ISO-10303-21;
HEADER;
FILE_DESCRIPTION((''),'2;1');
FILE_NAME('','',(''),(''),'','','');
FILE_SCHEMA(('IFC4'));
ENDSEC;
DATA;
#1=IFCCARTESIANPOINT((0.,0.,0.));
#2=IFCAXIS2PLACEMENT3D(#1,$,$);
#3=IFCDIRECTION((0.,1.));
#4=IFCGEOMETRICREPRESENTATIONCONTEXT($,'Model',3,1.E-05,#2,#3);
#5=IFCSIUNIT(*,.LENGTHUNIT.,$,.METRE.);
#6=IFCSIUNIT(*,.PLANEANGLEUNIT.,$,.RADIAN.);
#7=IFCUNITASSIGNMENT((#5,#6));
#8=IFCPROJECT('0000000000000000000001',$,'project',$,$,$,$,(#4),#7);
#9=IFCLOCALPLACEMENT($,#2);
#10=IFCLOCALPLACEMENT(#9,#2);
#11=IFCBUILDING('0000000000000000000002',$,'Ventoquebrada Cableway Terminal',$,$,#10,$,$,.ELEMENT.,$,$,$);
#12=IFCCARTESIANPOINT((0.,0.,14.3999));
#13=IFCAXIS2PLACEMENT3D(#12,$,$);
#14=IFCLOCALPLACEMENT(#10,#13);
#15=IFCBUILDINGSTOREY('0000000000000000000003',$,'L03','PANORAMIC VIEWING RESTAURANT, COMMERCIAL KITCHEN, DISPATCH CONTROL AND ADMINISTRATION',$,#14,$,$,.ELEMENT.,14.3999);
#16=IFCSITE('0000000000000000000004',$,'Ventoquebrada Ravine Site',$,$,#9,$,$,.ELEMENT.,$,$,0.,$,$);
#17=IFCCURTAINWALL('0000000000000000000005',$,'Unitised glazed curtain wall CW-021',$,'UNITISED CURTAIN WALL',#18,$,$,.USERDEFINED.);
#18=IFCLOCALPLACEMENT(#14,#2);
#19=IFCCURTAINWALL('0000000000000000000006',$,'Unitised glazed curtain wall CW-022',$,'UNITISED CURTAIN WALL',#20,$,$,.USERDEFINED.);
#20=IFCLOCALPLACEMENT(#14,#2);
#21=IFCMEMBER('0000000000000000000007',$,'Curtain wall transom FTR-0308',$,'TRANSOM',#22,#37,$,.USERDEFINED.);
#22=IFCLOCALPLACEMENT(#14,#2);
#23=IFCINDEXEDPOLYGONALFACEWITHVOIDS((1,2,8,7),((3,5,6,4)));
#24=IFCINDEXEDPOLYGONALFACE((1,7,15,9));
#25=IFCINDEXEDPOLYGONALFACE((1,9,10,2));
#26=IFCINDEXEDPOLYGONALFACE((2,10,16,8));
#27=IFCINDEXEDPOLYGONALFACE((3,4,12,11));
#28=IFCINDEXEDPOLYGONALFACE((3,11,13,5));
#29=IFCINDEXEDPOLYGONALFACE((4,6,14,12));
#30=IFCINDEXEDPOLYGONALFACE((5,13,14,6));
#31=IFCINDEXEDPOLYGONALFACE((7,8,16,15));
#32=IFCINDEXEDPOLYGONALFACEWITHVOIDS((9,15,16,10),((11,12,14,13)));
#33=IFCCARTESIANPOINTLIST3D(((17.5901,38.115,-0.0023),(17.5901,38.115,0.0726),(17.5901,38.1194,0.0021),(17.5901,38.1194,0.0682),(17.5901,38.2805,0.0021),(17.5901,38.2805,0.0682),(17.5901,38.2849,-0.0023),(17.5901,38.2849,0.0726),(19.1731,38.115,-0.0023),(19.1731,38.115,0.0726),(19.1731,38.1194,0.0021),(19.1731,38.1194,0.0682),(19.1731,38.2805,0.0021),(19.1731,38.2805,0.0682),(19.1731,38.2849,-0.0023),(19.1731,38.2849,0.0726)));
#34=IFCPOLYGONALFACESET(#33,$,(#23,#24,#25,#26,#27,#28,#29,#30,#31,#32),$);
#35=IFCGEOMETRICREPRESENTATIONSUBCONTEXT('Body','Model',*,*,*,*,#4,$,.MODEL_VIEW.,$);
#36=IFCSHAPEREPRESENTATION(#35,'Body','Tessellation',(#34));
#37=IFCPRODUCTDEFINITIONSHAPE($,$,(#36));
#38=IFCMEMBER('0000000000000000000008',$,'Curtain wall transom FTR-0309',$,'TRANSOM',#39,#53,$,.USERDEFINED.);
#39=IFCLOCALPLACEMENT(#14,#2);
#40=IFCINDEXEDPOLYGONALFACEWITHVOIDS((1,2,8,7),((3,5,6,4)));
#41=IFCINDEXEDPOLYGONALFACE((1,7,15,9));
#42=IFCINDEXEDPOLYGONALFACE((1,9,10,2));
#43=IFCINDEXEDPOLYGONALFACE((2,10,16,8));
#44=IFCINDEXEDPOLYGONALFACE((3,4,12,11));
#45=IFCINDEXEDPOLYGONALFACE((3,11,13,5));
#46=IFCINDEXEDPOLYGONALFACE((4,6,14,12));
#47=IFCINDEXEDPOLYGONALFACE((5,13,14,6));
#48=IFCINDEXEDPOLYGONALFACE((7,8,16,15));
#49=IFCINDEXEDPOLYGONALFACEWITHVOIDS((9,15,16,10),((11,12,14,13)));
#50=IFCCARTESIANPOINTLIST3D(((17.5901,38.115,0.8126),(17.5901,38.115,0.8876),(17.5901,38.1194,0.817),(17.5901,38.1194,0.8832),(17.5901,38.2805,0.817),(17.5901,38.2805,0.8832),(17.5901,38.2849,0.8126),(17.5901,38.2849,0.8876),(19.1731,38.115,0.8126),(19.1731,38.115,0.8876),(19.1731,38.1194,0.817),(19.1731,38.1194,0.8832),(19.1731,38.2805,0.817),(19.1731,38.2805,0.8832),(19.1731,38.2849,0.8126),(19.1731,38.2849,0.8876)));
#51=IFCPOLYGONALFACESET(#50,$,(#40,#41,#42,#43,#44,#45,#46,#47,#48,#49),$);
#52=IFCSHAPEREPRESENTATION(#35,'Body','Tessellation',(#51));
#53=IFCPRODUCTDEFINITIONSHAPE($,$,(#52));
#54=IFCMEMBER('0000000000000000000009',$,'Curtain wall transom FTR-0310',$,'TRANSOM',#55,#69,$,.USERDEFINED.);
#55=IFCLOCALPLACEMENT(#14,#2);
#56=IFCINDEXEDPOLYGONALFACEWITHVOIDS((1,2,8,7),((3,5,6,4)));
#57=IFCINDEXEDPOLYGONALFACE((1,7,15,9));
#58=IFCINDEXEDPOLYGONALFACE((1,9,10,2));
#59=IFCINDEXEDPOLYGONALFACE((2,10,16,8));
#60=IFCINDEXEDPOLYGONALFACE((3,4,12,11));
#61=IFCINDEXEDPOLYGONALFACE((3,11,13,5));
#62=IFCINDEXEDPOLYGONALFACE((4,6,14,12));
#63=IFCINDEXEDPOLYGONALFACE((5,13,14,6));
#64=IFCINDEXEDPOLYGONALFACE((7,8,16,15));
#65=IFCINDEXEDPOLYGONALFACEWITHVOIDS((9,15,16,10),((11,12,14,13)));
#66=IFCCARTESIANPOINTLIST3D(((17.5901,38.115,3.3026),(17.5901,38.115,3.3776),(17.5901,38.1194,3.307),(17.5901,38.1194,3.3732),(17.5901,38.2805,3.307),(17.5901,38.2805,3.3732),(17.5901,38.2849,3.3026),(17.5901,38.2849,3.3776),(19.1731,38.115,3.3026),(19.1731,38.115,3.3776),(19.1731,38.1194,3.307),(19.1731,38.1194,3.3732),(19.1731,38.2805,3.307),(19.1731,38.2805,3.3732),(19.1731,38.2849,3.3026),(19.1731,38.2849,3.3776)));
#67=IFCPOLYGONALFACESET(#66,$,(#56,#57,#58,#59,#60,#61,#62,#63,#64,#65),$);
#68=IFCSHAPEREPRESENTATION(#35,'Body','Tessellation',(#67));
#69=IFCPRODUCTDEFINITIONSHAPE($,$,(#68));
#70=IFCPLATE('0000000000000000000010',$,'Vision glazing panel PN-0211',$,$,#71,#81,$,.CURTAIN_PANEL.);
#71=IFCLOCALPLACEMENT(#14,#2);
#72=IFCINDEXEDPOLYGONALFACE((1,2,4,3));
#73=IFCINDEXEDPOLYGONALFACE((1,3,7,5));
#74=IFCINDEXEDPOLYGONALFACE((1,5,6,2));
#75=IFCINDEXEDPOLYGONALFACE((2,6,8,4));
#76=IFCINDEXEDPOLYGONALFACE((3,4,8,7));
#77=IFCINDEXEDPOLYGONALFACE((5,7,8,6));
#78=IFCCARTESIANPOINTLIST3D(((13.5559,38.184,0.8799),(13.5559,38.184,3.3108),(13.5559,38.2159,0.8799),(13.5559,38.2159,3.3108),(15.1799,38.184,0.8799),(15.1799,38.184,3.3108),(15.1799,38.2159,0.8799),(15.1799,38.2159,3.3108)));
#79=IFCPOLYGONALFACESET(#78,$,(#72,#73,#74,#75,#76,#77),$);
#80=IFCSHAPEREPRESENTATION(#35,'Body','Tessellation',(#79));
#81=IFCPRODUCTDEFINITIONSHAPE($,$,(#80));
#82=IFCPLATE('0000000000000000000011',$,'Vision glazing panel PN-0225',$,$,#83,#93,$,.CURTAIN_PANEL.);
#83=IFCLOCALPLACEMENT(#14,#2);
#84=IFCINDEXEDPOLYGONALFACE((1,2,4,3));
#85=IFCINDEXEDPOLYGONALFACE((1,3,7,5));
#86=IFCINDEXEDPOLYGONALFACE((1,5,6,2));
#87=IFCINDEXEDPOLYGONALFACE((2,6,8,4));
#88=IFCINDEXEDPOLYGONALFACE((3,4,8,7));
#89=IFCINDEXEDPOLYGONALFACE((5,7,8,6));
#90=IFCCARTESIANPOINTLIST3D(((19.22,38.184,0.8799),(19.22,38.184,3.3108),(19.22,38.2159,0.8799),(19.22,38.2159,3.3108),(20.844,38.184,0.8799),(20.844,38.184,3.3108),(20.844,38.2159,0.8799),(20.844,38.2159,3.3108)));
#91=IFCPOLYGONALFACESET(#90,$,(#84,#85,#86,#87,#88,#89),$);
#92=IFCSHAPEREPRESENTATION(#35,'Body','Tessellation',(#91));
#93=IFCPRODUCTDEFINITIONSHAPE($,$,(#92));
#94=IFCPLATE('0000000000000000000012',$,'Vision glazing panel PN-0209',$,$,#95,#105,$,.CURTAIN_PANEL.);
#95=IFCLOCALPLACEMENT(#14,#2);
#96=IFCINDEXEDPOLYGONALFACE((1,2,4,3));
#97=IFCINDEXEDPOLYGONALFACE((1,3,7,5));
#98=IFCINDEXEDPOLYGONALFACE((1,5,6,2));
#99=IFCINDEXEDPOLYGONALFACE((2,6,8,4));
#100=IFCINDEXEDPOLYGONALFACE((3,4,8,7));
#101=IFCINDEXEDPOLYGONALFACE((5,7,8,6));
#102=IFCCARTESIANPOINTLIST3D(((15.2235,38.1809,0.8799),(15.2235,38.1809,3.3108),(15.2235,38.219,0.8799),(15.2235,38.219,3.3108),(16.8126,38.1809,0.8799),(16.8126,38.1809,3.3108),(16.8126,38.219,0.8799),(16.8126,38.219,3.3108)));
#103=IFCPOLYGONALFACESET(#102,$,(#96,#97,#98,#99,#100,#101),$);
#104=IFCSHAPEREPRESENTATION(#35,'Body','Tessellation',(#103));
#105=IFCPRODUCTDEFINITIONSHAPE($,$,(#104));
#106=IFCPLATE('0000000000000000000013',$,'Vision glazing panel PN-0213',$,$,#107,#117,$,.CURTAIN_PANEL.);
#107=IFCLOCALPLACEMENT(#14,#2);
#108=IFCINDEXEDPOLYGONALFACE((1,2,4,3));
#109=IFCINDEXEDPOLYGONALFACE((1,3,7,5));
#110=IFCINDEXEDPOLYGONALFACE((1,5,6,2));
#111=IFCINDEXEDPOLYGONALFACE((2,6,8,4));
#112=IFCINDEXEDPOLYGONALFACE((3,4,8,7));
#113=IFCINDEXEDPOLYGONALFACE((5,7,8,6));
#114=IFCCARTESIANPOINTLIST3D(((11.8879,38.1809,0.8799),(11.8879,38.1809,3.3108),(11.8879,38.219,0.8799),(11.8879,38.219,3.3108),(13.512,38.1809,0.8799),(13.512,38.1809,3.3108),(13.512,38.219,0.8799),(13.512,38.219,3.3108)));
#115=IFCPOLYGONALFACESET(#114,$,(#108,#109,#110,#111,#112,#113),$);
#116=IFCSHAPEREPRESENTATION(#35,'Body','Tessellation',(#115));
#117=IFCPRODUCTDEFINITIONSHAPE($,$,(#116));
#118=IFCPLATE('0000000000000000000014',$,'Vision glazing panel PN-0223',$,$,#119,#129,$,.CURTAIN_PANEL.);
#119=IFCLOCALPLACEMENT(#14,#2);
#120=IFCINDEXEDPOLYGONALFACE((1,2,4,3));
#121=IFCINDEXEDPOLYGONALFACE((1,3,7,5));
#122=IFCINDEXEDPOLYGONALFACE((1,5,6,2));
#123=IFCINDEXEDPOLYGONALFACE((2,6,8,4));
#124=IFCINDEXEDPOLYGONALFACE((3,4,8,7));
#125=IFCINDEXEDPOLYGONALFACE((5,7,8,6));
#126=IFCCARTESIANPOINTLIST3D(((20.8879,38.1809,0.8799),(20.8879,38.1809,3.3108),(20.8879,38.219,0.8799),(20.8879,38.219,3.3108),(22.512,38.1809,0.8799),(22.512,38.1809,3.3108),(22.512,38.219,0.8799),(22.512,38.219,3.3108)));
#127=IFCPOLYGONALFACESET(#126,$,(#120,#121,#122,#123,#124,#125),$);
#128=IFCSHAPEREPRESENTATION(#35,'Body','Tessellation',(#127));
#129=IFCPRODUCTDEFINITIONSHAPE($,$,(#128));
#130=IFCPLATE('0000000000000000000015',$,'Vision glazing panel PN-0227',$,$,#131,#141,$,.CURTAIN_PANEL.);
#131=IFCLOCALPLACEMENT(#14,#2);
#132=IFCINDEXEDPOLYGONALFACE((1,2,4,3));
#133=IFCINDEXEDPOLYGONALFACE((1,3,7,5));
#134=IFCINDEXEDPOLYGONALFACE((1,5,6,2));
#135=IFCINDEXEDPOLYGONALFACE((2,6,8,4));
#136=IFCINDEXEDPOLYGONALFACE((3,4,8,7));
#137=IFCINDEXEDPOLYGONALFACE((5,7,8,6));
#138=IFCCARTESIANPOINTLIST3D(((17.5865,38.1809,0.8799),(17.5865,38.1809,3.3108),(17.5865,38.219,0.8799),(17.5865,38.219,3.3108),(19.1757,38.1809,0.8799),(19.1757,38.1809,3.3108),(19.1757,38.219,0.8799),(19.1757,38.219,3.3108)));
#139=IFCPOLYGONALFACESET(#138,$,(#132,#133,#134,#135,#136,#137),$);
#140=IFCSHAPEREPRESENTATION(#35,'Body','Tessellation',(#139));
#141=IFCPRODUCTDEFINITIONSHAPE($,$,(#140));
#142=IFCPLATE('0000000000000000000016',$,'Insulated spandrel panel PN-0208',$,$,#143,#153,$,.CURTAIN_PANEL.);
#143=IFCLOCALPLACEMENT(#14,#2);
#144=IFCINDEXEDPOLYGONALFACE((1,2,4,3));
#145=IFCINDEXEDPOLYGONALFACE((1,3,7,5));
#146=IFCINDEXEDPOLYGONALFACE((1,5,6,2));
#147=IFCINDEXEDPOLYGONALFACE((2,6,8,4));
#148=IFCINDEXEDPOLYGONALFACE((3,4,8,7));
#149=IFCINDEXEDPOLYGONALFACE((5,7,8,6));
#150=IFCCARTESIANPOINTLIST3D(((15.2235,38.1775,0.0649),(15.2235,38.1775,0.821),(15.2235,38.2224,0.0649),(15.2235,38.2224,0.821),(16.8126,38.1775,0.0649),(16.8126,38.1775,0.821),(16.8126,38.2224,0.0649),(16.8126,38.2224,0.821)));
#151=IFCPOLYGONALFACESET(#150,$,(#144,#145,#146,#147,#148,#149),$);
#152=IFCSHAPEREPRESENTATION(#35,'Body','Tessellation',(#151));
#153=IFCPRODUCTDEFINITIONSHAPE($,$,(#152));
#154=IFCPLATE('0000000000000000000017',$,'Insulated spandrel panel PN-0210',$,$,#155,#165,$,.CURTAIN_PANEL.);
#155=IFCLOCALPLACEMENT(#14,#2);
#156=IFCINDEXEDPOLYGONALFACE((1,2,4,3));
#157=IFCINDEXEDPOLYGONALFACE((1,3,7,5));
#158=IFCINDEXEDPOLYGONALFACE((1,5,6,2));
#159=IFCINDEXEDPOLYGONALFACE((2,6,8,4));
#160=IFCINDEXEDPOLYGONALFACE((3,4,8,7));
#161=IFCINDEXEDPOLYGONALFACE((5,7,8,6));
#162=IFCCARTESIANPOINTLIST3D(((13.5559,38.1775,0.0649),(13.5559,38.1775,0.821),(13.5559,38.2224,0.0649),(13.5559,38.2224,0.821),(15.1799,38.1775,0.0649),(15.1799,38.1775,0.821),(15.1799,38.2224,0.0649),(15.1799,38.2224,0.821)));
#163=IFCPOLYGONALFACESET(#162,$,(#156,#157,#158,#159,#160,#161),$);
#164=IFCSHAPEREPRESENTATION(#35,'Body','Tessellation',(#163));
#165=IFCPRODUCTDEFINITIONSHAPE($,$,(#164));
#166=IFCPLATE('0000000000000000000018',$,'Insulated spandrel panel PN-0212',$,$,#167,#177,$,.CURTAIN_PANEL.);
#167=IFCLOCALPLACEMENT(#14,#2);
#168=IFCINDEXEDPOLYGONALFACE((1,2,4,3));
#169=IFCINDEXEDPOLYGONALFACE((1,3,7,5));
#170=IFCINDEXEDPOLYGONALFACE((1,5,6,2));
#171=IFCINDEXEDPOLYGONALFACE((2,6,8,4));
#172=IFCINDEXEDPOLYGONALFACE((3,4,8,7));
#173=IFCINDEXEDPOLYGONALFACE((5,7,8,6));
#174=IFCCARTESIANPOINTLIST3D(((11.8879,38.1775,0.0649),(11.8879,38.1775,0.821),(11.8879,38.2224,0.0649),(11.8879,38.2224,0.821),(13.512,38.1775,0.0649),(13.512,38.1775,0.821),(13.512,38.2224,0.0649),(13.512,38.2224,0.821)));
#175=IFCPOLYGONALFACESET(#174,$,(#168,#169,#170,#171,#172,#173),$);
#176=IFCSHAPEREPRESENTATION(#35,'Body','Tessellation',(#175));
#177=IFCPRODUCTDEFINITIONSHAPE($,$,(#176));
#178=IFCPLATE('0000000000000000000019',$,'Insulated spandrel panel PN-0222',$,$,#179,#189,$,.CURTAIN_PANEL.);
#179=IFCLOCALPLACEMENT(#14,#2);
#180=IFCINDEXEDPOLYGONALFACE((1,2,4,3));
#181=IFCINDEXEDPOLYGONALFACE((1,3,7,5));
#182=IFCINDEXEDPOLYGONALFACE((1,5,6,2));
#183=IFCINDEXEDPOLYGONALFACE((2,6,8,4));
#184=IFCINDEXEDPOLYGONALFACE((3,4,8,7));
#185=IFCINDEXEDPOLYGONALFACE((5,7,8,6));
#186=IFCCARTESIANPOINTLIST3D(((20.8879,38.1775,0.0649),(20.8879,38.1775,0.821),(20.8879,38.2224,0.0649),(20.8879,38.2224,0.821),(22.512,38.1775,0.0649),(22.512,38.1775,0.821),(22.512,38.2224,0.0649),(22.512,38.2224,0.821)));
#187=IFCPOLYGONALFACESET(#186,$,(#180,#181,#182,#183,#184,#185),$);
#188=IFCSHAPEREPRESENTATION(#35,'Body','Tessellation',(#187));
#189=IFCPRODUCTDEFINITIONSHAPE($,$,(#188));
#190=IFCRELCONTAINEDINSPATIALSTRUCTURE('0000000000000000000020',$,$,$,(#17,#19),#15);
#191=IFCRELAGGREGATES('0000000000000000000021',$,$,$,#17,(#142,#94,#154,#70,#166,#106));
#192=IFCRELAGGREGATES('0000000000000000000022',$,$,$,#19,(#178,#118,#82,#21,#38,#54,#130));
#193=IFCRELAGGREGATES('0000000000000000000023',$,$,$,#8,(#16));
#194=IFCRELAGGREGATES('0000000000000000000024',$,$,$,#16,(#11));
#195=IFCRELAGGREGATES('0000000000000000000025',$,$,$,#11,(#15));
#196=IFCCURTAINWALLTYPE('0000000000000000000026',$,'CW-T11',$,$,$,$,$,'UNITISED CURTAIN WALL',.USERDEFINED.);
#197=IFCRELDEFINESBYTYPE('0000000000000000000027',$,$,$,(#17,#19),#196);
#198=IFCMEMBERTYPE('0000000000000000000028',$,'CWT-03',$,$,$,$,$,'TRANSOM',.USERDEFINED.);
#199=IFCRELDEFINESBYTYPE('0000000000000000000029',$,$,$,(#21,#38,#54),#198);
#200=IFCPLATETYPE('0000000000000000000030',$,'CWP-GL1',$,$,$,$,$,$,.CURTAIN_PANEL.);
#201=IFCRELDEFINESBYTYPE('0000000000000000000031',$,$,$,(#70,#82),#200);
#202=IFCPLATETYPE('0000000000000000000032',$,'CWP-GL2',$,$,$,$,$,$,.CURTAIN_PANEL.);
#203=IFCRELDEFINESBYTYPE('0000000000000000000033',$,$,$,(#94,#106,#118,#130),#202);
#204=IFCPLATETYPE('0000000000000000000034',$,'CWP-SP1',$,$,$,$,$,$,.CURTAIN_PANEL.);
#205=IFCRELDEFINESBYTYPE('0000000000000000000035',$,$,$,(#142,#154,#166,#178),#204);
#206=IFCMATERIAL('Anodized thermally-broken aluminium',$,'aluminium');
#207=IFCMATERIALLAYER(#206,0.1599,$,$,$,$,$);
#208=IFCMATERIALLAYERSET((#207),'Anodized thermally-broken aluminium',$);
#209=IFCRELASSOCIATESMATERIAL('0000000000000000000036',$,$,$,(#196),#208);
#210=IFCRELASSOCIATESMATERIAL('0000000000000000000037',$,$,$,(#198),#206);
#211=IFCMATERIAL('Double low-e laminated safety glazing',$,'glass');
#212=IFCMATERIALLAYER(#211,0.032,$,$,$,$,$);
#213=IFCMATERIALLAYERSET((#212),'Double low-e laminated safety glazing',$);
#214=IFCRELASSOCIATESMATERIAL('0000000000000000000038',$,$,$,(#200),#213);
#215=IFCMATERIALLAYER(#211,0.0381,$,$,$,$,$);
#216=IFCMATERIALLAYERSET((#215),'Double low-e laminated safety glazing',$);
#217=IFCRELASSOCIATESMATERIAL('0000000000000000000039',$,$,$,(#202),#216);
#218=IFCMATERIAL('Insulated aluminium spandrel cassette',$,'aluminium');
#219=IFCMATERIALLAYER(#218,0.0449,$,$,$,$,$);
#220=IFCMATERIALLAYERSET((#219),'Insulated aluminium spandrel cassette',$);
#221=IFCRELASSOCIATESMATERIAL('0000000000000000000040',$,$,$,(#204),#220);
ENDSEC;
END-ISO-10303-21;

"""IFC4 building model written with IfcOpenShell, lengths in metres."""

from ifc_helpers import new_model, si_unit, direction, frame, origin, origin_2d, place, context, subcontext, project, spatial, rectangle, hollow_rectangle, extrude, material, layer, layer_set, material_profile, profile_set, type_object, element, aggregate, save


model = new_model("IFC4")

# Units and contexts
model_context = context("Model", 3, precision=1e-05, world=origin(), true_north=direction((0.0, 1.0)))
body_context = subcontext(model_context, "Body", "Model", "MODEL_VIEW")
ifc_project = project(units=[si_unit("LENGTHUNIT", "METRE"), si_unit("PLANEANGLEUNIT", "RADIAN")], contexts=[model_context])

# Site, building, storey
site_placement = place(None, origin())
site = spatial("IfcSite", under=ifc_project, at=site_placement, Name="Ventoquebrada Ravine Site", CompositionType="ELEMENT", RefElevation=0.0)
building_placement = place(site_placement, origin())
building = spatial("IfcBuilding", under=site, at=building_placement, Name="Ventoquebrada Cableway Terminal", CompositionType="ELEMENT")
storey_placement = place(building_placement, frame((0.0, 0.0, 14.3999)))
storey = spatial("IfcBuildingStorey", under=building, at=storey_placement, Name="L03", Description="PANORAMIC VIEWING RESTAURANT, COMMERCIAL KITCHEN, DISPATCH CONTROL AND ADMINISTRATION", CompositionType="ELEMENT", Elevation=14.3999)

# Curtain walls
ifc_material_1 = material(Name="Anodized thermally-broken aluminium", Category="aluminium")
ifc_layer_1 = layer(ifc_material_1, 0.1599)
ifc_layer_set_1 = layer_set([ifc_layer_1], Name="Anodized thermally-broken aluminium")
curtain_wall_type = type_object("IfcCurtainWallType", Name="CW-T11", ElementType="UNITISED CURTAIN WALL", PredefinedType="USERDEFINED", material=ifc_layer_set_1)
curtain_wall_1_placement = place(storey_placement, origin())
curtain_wall_1 = element("IfcCurtainWall", 1, at=curtain_wall_1_placement, inside=storey, type_object=curtain_wall_type, Name="Unitised glazed curtain wall CW-021", ObjectType="UNITISED CURTAIN WALL", PredefinedType="USERDEFINED")
curtain_wall_2_placement = place(storey_placement, origin())
curtain_wall_2 = element("IfcCurtainWall", 2, at=curtain_wall_2_placement, inside=storey, type_object=curtain_wall_type, Name="Unitised glazed curtain wall CW-022", ObjectType="UNITISED CURTAIN WALL", PredefinedType="USERDEFINED")

# Members
ifc_material_profile_1 = material_profile(ifc_material_1, hollow_rectangle(XDim=0.075, YDim=0.1699, WallThickness=0.0044, at=origin_2d()), Name="CW-TRN-75X170")
ifc_profile_set_1 = profile_set([ifc_material_profile_1], Name="Anodized thermally-broken aluminium")
member_type_1 = type_object("IfcMemberType", Name="CWT-03", ElementType="TRANSOM", PredefinedType="USERDEFINED", material=ifc_profile_set_1)
member_1_placement = place(storey_placement, frame((19.1731, 38.2, 0.0352), z_axis=(-1.0, 0.0, 0.0), x_axis=(0.0, 0.0, 1.0)))
member_1 = element("IfcMember", 3, at=member_1_placement, type_object=member_type_1, Name="Curtain wall transom FTR-0308", ObjectType="TRANSOM", PredefinedType="USERDEFINED", context=body_context, shape_type="SweptSolid", body=[
    extrude(hollow_rectangle(XDim=0.075, YDim=0.1699, WallThickness=0.0044, at=origin_2d()), origin(), (0.0, 0.0, 1.0), 1.583),
])
member_2_placement = place(storey_placement, frame((19.1731, 38.2, 0.8501), z_axis=(-1.0, 0.0, 0.0), x_axis=(0.0, 0.0, 1.0)))
member_2 = element("IfcMember", 4, at=member_2_placement, type_object=member_type_1, Name="Curtain wall transom FTR-0309", ObjectType="TRANSOM", PredefinedType="USERDEFINED", context=body_context, shape_type="SweptSolid", body=[
    extrude(hollow_rectangle(XDim=0.075, YDim=0.1699, WallThickness=0.0044, at=origin_2d()), origin(), (0.0, 0.0, 1.0), 1.583),
])
member_3_placement = place(storey_placement, frame((19.1731, 38.2, 3.3401), z_axis=(-1.0, 0.0, 0.0), x_axis=(0.0, 0.0, 1.0)))
member_3 = element("IfcMember", 5, at=member_3_placement, type_object=member_type_1, Name="Curtain wall transom FTR-0310", ObjectType="TRANSOM", PredefinedType="USERDEFINED", context=body_context, shape_type="SweptSolid", body=[
    extrude(hollow_rectangle(XDim=0.075, YDim=0.1699, WallThickness=0.0044, at=origin_2d()), origin(), (0.0, 0.0, 1.0), 1.583),
])

# Plates
ifc_material_2 = material(Name="Double low-e laminated safety glazing", Category="glass")
ifc_layer_2 = layer(ifc_material_2, 0.032)
ifc_layer_set_2 = layer_set([ifc_layer_2], Name="Double low-e laminated safety glazing")
plate_type_1 = type_object("IfcPlateType", Name="CWP-GL1", PredefinedType="CURTAIN_PANEL", material=ifc_layer_set_2)
plate_1_placement = place(storey_placement, frame((14.3679, 38.2, 0.8799), z_axis=(0.0, 0.0, 1.0), x_axis=(-1.0, 0.0, 0.0)))
plate_1 = element("IfcPlate", 6, at=plate_1_placement, type_object=plate_type_1, Name="Vision glazing panel PN-0211", PredefinedType="CURTAIN_PANEL", context=body_context, shape_type="SweptSolid", body=[
    extrude(rectangle(XDim=1.624, YDim=0.032, at=origin_2d()), origin(), (0.0, 0.0, 1.0), 2.4309),
])
plate_2_placement = place(storey_placement, frame((20.032, 38.2, 0.8799), z_axis=(0.0, 0.0, 1.0), x_axis=(-1.0, 0.0, 0.0)))
plate_2 = element("IfcPlate", 7, at=plate_2_placement, type_object=plate_type_1, Name="Vision glazing panel PN-0225", PredefinedType="CURTAIN_PANEL", context=body_context, shape_type="SweptSolid", body=[
    extrude(rectangle(XDim=1.624, YDim=0.032, at=origin_2d()), origin(), (0.0, 0.0, 1.0), 2.4309),
])
ifc_layer_3 = layer(ifc_material_2, 0.0381)
ifc_layer_set_3 = layer_set([ifc_layer_3], Name="Double low-e laminated safety glazing")
plate_type_2 = type_object("IfcPlateType", Name="CWP-GL2", PredefinedType="CURTAIN_PANEL", material=ifc_layer_set_3)
plate_3_placement = place(storey_placement, frame((16.0181, 38.2, 0.8799), z_axis=(0.0, 0.0, 1.0), x_axis=(-1.0, 0.0, 0.0)))
plate_3 = element("IfcPlate", 8, at=plate_3_placement, type_object=plate_type_2, Name="Vision glazing panel PN-0209", PredefinedType="CURTAIN_PANEL", context=body_context, shape_type="SweptSolid", body=[
    extrude(rectangle(XDim=1.5891, YDim=0.0381, at=origin_2d()), origin(), (0.0, 0.0, 1.0), 2.4309),
])
plate_4_placement = place(storey_placement, frame((12.7, 38.2, 0.8799), z_axis=(0.0, 0.0, 1.0), x_axis=(-1.0, 0.0, 0.0)))
plate_4 = element("IfcPlate", 9, at=plate_4_placement, type_object=plate_type_2, Name="Vision glazing panel PN-0213", PredefinedType="CURTAIN_PANEL", context=body_context, shape_type="SweptSolid", body=[
    extrude(rectangle(XDim=1.624, YDim=0.0381, at=origin_2d()), origin(), (0.0, 0.0, 1.0), 2.4309),
])
plate_5_placement = place(storey_placement, frame((21.7, 38.2, 0.8799), z_axis=(0.0, 0.0, 1.0), x_axis=(-1.0, 0.0, 0.0)))
plate_5 = element("IfcPlate", 10, at=plate_5_placement, type_object=plate_type_2, Name="Vision glazing panel PN-0223", PredefinedType="CURTAIN_PANEL", context=body_context, shape_type="SweptSolid", body=[
    extrude(rectangle(XDim=1.624, YDim=0.0381, at=origin_2d()), origin(), (0.0, 0.0, 1.0), 2.4309),
])
plate_6_placement = place(storey_placement, frame((18.3811, 38.2, 0.8799), z_axis=(0.0, 0.0, 1.0), x_axis=(-1.0, 0.0, 0.0)))
plate_6 = element("IfcPlate", 11, at=plate_6_placement, type_object=plate_type_2, Name="Vision glazing panel PN-0227", PredefinedType="CURTAIN_PANEL", context=body_context, shape_type="SweptSolid", body=[
    extrude(rectangle(XDim=1.5891, YDim=0.0381, at=origin_2d()), origin(), (0.0, 0.0, 1.0), 2.4309),
])
ifc_material_3 = material(Name="Insulated aluminium spandrel cassette", Category="aluminium")
ifc_layer_4 = layer(ifc_material_3, 0.0449)
ifc_layer_set_4 = layer_set([ifc_layer_4], Name="Insulated aluminium spandrel cassette")
plate_type_3 = type_object("IfcPlateType", Name="CWP-SP1", PredefinedType="CURTAIN_PANEL", material=ifc_layer_set_4)
plate_7_placement = place(storey_placement, frame((16.0181, 38.2, 0.0649), z_axis=(0.0, 0.0, 1.0), x_axis=(-1.0, 0.0, 0.0)))
plate_7 = element("IfcPlate", 12, at=plate_7_placement, type_object=plate_type_3, Name="Insulated spandrel panel PN-0208", PredefinedType="CURTAIN_PANEL", context=body_context, shape_type="SweptSolid", body=[
    extrude(rectangle(XDim=1.5891, YDim=0.0449, at=origin_2d()), origin(), (0.0, 0.0, 1.0), 0.7561),
])
plate_8_placement = place(storey_placement, frame((14.3679, 38.2, 0.0649), z_axis=(0.0, 0.0, 1.0), x_axis=(-1.0, 0.0, 0.0)))
plate_8 = element("IfcPlate", 13, at=plate_8_placement, type_object=plate_type_3, Name="Insulated spandrel panel PN-0210", PredefinedType="CURTAIN_PANEL", context=body_context, shape_type="SweptSolid", body=[
    extrude(rectangle(XDim=1.624, YDim=0.0449, at=origin_2d()), origin(), (0.0, 0.0, 1.0), 0.7561),
])
plate_9_placement = place(storey_placement, frame((12.7, 38.2, 0.0649), z_axis=(0.0, 0.0, 1.0), x_axis=(-1.0, 0.0, 0.0)))
plate_9 = element("IfcPlate", 14, at=plate_9_placement, type_object=plate_type_3, Name="Insulated spandrel panel PN-0212", PredefinedType="CURTAIN_PANEL", context=body_context, shape_type="SweptSolid", body=[
    extrude(rectangle(XDim=1.624, YDim=0.0449, at=origin_2d()), origin(), (0.0, 0.0, 1.0), 0.7561),
])
aggregate(curtain_wall_1, [plate_7, plate_3, plate_8, plate_1, plate_9, plate_4])
plate_10_placement = place(storey_placement, frame((21.7, 38.2, 0.0649), z_axis=(0.0, 0.0, 1.0), x_axis=(-1.0, 0.0, 0.0)))
plate_10 = element("IfcPlate", 15, at=plate_10_placement, type_object=plate_type_3, Name="Insulated spandrel panel PN-0222", PredefinedType="CURTAIN_PANEL", context=body_context, shape_type="SweptSolid", body=[
    extrude(rectangle(XDim=1.624, YDim=0.0449, at=origin_2d()), origin(), (0.0, 0.0, 1.0), 0.7561),
])
aggregate(curtain_wall_2, [plate_10, plate_5, plate_2, member_1, member_2, member_3, plate_6])

save(model, "model.ifc")
